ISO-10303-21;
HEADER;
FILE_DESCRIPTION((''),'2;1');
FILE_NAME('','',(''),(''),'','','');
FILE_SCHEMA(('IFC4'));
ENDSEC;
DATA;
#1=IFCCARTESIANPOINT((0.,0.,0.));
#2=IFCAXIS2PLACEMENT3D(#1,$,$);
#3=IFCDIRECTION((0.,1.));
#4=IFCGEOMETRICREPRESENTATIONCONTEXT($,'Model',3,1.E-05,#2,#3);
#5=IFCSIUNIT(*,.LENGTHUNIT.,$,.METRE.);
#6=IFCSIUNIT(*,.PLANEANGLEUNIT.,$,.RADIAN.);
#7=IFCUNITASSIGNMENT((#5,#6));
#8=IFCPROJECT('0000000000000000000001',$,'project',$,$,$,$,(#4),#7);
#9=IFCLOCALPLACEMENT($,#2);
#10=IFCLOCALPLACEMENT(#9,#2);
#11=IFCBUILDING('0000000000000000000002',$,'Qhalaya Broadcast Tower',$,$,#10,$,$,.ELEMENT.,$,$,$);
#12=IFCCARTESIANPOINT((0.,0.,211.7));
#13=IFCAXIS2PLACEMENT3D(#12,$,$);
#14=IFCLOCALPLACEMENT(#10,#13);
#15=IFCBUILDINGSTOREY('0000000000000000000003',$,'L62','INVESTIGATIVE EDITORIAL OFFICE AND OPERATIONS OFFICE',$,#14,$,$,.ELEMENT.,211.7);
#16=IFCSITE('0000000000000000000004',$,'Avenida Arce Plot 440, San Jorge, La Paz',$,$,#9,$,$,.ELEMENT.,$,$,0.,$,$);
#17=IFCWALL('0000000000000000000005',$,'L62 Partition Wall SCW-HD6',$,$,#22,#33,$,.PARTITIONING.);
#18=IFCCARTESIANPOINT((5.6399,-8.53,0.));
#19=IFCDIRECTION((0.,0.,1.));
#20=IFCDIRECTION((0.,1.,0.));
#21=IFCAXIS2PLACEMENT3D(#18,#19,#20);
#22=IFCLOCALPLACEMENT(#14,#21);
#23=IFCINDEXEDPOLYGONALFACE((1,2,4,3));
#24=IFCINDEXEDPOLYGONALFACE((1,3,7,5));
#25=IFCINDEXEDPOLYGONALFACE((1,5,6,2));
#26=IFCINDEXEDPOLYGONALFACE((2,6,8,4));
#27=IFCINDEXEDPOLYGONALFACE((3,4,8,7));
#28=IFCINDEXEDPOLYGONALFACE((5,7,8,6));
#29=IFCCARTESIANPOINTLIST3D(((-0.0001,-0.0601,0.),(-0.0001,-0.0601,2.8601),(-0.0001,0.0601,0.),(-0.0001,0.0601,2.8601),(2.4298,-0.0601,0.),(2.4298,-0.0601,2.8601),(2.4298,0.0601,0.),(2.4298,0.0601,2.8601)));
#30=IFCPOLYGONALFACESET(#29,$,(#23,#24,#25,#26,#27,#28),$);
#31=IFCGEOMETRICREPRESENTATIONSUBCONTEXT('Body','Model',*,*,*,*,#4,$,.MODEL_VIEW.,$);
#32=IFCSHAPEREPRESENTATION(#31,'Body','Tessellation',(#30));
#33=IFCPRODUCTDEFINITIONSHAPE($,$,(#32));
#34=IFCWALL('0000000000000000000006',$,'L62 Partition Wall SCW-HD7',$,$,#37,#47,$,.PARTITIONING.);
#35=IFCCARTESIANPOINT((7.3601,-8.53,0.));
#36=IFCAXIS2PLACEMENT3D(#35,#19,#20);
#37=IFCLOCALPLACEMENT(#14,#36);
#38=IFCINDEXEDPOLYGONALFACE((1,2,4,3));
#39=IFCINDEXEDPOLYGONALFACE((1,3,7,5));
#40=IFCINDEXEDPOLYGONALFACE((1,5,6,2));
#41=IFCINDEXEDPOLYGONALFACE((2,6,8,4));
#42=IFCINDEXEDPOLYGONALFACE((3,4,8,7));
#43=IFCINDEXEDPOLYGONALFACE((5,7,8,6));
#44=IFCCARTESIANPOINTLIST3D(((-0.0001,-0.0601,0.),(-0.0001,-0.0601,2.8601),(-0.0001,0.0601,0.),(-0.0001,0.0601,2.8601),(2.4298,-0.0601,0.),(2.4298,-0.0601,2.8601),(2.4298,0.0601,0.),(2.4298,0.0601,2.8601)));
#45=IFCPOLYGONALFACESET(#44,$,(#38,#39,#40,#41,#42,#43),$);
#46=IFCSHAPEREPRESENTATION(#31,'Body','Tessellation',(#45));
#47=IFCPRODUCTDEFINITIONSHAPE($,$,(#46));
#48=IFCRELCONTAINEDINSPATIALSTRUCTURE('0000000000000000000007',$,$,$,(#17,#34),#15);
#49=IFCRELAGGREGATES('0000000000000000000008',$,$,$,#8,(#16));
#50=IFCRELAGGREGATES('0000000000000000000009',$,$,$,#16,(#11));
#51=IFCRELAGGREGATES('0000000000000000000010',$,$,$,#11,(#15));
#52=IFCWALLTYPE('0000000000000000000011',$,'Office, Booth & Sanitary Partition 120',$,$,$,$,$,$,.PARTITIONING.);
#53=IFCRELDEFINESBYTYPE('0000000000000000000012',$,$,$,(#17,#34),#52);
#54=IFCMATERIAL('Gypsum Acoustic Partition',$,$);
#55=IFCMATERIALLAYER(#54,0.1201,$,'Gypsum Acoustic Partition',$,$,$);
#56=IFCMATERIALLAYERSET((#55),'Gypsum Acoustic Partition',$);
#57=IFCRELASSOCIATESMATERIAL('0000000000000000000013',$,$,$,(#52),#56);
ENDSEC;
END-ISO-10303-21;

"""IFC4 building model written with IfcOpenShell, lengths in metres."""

from ifc_helpers import new_model, si_unit, direction, frame, frame_2d, origin, place, context, subcontext, project, spatial, rectangle, extrude, material, layer, layer_set, type_object, element, save


model = new_model("IFC4")

# Units and contexts
model_context = context("Model", 3, precision=1e-05, world=origin(), true_north=direction((0.0, 1.0)))
body_context = subcontext(model_context, "Body", "Model", "MODEL_VIEW")
ifc_project = project(units=[si_unit("LENGTHUNIT", "METRE"), si_unit("PLANEANGLEUNIT", "RADIAN")], contexts=[model_context])

# Site, building, storey
site_placement = place(None, origin())
site = spatial("IfcSite", under=ifc_project, at=site_placement, Name="Avenida Arce Plot 440, San Jorge, La Paz", CompositionType="ELEMENT", RefElevation=0.0)
building_placement = place(site_placement, origin())
building = spatial("IfcBuilding", under=site, at=building_placement, Name="Qhalaya Broadcast Tower", CompositionType="ELEMENT")
storey_placement = place(building_placement, frame((0.0, 0.0, 211.7)))
storey = spatial("IfcBuildingStorey", under=building, at=storey_placement, Name="L62", Description="INVESTIGATIVE EDITORIAL OFFICE AND OPERATIONS OFFICE", CompositionType="ELEMENT", Elevation=211.7)

# Shared definitions
ifc_material_1 = material(Name="Gypsum Acoustic Partition")

# Walls
ifc_layer_1 = layer(ifc_material_1, 0.1201, Name="Gypsum Acoustic Partition")
ifc_layer_set_1 = layer_set([ifc_layer_1], Name="Gypsum Acoustic Partition")
wall_type_1 = type_object("IfcWallType", Name="Office, Booth & Sanitary Partition 120", PredefinedType="PARTITIONING", material=ifc_layer_set_1)
for number, where, z_axis, x_axis, name in (
    (1, (5.6399, -8.53, 0.0), (0.0, 0.0, 1.0), (0.0, 1.0, 0.0), "L62 Partition Wall SCW-HD6"),
    (2, (7.3601, -8.53, 0.0), (0.0, 0.0, 1.0), (0.0, 1.0, 0.0), "L62 Partition Wall SCW-HD7"),
):
    element("IfcWall", number, at=place(storey_placement, frame(where, z_axis=z_axis, x_axis=x_axis)), inside=storey, type_object=wall_type_1, Name=name, PredefinedType="PARTITIONING", context=body_context, shape_type="SweptSolid", body=[
        extrude(rectangle(XDim=2.4299, YDim=0.1201, at=frame_2d((1.2148, 0.0))), origin(), (0.0, 0.0, 1.0), 2.8601),
    ])

save(model, "model.ifc")
